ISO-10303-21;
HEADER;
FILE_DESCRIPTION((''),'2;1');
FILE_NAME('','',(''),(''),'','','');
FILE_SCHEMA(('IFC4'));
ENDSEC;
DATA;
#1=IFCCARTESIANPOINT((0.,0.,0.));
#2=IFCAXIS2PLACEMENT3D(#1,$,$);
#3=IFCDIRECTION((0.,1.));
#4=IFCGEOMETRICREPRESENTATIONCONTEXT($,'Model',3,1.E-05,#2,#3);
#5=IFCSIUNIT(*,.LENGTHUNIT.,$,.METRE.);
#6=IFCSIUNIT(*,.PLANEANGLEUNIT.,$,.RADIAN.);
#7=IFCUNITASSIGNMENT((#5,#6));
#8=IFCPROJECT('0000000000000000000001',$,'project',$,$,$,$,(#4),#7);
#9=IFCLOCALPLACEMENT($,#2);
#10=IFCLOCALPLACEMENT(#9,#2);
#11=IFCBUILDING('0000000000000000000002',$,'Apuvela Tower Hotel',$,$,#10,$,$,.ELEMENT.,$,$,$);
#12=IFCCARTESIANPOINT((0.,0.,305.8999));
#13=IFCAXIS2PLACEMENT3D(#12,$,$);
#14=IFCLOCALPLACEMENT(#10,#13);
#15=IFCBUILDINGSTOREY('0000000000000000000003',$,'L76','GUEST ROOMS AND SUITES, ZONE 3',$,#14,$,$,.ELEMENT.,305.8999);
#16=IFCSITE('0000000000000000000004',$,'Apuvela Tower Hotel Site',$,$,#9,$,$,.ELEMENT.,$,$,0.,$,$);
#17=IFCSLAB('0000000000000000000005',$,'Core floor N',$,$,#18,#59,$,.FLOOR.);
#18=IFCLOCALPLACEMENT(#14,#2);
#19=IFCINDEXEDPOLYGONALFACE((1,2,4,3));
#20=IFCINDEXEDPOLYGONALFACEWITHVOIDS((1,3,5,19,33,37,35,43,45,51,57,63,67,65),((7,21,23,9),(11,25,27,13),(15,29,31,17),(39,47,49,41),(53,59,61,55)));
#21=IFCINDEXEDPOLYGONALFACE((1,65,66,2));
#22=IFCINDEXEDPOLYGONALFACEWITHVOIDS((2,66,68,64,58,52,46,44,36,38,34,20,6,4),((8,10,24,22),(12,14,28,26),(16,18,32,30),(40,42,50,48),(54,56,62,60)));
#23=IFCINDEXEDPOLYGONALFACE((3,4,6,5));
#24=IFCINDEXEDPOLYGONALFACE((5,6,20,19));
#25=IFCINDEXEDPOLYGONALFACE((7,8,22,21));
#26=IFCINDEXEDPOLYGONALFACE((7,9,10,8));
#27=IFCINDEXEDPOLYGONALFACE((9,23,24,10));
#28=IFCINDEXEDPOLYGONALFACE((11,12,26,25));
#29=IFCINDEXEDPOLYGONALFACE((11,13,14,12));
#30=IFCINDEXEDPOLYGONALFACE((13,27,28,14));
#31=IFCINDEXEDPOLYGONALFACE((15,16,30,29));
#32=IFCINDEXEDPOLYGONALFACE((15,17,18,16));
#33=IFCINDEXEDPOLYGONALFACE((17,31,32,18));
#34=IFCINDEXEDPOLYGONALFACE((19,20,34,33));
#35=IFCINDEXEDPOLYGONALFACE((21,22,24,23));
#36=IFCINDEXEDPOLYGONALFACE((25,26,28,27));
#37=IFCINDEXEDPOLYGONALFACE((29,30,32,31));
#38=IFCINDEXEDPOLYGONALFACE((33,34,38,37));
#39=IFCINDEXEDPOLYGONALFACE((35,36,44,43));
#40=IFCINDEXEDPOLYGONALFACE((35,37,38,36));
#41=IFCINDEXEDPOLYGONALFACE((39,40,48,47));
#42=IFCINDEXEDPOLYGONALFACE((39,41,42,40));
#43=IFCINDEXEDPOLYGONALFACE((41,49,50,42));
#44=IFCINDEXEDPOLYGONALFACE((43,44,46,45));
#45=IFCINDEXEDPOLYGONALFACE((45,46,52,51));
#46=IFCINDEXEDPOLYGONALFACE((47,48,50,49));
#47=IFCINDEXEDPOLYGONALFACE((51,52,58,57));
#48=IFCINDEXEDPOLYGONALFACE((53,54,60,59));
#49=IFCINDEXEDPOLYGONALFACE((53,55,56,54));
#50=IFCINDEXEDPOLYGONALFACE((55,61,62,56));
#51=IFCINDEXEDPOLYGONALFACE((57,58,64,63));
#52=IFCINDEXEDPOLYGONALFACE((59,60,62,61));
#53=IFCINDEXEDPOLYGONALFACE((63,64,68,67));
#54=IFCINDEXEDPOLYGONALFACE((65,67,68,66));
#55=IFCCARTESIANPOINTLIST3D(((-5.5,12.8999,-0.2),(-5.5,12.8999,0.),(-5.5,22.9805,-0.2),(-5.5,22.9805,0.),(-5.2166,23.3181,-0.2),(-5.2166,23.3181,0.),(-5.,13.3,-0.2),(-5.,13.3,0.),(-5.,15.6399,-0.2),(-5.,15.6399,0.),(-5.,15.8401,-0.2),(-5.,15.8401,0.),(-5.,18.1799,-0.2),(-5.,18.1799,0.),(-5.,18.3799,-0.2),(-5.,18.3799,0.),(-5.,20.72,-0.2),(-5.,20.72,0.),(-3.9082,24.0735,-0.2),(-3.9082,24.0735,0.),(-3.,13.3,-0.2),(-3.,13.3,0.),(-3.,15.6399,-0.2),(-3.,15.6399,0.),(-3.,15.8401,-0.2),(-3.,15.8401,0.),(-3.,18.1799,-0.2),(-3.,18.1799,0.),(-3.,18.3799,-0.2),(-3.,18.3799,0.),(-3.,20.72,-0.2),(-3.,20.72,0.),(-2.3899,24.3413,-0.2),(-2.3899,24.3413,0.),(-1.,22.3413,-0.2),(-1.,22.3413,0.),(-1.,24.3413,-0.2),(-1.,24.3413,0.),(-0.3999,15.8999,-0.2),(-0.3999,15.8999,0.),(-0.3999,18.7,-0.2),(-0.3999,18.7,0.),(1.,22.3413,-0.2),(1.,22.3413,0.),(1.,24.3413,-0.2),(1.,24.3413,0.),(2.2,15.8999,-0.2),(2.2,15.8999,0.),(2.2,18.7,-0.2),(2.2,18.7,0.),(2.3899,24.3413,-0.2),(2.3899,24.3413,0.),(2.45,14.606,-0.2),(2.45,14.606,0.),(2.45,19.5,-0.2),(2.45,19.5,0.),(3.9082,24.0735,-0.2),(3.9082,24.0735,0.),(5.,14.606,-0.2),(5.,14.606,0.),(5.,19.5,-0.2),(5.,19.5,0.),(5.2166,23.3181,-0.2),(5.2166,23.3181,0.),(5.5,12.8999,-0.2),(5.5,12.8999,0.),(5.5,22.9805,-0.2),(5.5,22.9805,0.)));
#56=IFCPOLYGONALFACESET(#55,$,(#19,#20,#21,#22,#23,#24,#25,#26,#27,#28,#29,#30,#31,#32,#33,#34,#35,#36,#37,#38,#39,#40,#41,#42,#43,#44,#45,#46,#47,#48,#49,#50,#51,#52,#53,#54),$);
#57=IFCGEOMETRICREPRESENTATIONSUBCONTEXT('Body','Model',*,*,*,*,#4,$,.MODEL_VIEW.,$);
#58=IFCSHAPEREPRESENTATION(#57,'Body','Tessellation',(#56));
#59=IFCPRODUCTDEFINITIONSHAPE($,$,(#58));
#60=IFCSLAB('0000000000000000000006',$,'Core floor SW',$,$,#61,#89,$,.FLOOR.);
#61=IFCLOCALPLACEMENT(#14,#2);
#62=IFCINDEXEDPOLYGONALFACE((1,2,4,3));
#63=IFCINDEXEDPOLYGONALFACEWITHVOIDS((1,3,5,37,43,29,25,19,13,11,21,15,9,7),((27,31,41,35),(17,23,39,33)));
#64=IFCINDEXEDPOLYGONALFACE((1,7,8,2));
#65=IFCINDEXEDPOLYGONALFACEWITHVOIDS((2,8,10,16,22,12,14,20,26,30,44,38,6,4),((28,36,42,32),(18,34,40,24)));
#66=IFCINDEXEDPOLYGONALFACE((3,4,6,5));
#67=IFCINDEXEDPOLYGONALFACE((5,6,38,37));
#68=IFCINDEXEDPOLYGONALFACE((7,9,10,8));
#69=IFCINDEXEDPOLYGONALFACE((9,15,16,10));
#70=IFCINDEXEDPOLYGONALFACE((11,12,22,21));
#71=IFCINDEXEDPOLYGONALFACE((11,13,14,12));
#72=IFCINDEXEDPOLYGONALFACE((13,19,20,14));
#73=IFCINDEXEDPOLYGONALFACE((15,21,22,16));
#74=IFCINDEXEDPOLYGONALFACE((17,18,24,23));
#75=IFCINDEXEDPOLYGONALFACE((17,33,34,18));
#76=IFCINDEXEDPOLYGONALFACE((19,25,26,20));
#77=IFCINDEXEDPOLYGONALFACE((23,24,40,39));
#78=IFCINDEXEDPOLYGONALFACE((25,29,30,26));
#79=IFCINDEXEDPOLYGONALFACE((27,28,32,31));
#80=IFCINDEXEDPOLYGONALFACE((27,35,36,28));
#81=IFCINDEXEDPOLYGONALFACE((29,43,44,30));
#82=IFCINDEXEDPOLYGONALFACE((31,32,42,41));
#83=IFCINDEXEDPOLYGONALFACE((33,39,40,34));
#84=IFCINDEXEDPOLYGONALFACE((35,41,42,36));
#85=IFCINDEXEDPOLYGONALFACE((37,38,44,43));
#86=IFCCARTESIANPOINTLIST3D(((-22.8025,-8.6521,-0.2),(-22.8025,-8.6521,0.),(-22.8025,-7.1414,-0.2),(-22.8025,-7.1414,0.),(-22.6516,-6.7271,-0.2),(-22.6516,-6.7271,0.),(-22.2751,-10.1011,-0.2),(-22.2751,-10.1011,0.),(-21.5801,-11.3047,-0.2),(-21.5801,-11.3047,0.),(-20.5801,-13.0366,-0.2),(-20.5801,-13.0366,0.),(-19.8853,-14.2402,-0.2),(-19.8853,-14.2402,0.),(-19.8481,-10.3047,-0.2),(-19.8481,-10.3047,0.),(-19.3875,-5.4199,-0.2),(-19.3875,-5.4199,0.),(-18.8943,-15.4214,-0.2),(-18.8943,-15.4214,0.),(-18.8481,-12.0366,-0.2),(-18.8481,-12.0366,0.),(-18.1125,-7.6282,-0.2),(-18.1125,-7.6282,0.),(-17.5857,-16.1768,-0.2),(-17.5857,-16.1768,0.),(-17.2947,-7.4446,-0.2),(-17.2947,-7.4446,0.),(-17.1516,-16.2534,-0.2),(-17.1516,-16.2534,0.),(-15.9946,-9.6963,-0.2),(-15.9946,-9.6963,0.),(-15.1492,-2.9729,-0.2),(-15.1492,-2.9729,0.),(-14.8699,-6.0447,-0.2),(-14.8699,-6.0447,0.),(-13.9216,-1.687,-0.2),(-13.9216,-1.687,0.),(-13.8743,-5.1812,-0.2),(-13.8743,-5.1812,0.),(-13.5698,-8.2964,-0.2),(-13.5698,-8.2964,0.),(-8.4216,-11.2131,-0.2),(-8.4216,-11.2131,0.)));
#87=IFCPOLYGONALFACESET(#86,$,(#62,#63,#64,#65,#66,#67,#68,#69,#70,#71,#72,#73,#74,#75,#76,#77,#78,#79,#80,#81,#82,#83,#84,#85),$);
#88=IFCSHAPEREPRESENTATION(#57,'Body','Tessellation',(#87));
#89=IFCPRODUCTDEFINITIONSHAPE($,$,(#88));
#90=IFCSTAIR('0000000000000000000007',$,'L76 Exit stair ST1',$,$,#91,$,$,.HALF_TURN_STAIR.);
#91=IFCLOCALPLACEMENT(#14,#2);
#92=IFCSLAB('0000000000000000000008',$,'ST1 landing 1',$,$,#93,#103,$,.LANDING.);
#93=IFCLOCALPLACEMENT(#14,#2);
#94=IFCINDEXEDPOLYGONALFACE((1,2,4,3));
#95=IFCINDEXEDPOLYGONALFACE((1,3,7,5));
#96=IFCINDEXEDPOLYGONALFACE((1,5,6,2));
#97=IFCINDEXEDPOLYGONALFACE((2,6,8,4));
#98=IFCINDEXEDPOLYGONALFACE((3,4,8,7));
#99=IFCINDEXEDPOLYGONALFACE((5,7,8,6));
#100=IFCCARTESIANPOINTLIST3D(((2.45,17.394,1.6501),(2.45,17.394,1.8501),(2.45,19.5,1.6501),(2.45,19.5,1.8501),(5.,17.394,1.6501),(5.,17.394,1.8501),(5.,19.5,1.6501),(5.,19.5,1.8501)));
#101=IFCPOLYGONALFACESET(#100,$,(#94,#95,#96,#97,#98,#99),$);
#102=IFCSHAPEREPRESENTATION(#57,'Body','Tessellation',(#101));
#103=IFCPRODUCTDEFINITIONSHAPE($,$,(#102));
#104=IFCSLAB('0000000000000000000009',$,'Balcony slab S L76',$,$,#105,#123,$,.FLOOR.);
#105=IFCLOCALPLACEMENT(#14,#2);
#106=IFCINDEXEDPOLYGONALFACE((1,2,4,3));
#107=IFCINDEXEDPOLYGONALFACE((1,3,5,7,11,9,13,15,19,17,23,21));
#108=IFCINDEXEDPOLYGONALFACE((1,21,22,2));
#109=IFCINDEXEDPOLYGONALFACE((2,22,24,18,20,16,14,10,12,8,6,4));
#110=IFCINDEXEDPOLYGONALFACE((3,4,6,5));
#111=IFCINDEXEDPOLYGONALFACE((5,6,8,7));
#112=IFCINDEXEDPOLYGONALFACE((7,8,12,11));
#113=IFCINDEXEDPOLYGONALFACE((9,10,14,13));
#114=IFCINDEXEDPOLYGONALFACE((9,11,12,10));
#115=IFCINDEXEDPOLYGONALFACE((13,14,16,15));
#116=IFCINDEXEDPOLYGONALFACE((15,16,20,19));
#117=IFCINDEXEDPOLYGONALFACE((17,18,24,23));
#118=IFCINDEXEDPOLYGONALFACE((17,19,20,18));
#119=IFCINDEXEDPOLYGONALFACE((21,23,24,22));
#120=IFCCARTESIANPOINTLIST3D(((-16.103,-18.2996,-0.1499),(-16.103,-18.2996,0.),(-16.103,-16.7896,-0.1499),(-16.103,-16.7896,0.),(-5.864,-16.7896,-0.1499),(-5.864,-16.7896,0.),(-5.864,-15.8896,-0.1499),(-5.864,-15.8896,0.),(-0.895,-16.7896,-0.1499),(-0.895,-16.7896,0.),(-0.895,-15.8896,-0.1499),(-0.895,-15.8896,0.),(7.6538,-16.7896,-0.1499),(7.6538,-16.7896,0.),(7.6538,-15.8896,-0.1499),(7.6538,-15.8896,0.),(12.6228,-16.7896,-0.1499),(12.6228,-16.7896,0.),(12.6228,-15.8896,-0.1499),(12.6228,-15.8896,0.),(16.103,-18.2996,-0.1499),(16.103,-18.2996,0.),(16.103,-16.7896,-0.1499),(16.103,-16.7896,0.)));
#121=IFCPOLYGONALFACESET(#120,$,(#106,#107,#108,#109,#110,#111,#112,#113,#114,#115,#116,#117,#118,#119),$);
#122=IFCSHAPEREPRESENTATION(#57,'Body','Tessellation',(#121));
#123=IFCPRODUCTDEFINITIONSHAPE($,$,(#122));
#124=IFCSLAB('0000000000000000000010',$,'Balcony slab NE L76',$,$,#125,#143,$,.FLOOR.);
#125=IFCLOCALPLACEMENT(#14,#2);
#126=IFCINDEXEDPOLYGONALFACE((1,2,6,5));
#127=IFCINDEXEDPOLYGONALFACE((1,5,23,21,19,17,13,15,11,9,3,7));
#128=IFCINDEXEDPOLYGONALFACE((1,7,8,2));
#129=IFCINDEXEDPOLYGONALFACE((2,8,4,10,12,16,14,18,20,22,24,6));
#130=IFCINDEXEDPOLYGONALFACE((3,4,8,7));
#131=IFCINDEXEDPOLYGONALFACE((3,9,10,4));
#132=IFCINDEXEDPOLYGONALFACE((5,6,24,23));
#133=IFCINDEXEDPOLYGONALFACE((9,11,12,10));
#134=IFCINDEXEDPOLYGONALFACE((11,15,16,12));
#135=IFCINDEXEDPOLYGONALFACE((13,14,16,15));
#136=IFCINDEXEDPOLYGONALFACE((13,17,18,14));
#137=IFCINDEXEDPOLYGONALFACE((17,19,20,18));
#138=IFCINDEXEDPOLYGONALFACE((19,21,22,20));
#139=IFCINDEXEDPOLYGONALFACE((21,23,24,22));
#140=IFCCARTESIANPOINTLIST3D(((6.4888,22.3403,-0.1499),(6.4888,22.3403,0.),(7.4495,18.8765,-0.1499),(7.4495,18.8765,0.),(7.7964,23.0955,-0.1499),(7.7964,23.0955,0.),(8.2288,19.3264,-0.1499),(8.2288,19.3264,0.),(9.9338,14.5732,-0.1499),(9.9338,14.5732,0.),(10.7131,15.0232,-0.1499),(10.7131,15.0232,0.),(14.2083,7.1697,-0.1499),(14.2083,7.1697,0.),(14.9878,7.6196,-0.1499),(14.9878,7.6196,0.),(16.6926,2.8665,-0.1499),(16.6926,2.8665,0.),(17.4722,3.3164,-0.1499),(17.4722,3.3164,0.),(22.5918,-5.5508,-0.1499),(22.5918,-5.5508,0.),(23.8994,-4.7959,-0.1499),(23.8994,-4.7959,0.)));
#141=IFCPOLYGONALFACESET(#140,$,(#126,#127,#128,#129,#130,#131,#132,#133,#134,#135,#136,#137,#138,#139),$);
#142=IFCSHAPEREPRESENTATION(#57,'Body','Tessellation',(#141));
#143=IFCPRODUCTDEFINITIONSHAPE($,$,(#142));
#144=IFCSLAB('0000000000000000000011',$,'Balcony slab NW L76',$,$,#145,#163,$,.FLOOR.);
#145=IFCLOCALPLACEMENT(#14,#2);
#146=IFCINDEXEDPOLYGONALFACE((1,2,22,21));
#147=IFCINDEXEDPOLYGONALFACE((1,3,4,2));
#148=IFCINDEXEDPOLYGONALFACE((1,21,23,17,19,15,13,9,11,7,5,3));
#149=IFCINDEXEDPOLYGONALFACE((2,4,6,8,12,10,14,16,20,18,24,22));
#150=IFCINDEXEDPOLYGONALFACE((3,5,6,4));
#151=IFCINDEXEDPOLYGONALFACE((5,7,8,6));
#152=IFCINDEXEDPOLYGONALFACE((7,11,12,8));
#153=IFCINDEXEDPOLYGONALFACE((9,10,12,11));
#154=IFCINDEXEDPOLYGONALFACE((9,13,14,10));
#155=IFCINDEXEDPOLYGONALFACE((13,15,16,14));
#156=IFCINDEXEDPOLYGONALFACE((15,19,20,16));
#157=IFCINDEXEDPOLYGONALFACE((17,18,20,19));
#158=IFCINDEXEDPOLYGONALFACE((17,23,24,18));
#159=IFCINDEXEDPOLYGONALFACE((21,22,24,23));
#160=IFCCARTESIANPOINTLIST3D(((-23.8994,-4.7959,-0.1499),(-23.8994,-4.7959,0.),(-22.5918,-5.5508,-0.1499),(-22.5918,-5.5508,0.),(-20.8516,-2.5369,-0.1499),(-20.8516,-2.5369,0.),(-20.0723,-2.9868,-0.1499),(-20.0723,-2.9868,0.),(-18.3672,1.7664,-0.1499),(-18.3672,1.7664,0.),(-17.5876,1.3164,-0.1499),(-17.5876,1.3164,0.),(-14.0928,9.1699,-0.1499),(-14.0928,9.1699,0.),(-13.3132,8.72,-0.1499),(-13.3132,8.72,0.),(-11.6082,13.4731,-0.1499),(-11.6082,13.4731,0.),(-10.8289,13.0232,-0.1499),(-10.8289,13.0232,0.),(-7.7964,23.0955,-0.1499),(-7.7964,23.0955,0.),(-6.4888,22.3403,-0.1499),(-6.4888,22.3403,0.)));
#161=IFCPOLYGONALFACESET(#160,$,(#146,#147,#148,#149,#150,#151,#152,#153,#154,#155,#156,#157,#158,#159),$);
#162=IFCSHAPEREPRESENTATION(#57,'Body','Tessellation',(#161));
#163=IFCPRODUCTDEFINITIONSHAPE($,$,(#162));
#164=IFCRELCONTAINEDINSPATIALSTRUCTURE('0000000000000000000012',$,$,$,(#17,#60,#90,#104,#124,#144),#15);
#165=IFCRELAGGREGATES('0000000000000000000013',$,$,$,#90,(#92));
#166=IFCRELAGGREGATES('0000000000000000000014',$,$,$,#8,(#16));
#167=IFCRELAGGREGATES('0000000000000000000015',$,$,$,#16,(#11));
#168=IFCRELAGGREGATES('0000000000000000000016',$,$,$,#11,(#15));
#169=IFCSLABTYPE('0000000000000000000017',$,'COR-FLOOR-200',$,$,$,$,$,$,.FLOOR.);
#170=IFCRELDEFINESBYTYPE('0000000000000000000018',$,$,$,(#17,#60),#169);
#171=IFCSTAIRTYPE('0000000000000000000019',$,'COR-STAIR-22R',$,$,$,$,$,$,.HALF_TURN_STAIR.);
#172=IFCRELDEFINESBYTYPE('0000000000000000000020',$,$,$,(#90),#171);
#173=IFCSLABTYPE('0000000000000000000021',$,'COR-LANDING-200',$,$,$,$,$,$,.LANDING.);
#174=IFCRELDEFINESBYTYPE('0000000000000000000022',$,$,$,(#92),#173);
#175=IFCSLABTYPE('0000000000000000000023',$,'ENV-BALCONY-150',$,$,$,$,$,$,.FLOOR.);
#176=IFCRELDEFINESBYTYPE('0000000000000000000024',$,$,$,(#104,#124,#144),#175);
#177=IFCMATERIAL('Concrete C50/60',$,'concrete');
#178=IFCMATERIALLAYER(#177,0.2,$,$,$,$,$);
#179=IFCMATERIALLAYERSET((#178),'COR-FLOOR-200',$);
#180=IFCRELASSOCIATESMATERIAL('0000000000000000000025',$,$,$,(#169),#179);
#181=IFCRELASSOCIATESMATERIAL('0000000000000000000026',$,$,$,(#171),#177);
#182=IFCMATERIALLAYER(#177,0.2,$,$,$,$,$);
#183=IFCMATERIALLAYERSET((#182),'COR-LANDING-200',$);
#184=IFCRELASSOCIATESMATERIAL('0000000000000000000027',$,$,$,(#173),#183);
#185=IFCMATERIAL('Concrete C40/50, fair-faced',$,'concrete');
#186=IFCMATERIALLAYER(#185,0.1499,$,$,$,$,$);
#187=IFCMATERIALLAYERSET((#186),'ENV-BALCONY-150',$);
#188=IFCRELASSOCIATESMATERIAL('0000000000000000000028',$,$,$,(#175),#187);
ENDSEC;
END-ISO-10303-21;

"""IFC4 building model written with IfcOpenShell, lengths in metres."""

from ifc_helpers import new_model, si_unit, direction, frame, origin, place, context, subcontext, project, spatial, polyline, outline, extrude, material, layer, layer_set, type_object, element, aggregate, save


model = new_model("IFC4")

# Units and contexts
model_context = context("Model", 3, precision=1e-05, world=origin(), true_north=direction((0.0, 1.0)))
body_context = subcontext(model_context, "Body", "Model", "MODEL_VIEW")
ifc_project = project(units=[si_unit("LENGTHUNIT", "METRE"), si_unit("PLANEANGLEUNIT", "RADIAN")], contexts=[model_context])

# Site, building, storey
site_placement = place(None, origin())
site = spatial("IfcSite", under=ifc_project, at=site_placement, Name="Apuvela Tower Hotel Site", CompositionType="ELEMENT", RefElevation=0.0)
building_placement = place(site_placement, origin())
building = spatial("IfcBuilding", under=site, at=building_placement, Name="Apuvela Tower Hotel", CompositionType="ELEMENT")
storey_placement = place(building_placement, frame((0.0, 0.0, 305.8999)))
storey = spatial("IfcBuildingStorey", under=building, at=storey_placement, Name="L76", Description="GUEST ROOMS AND SUITES, ZONE 3", CompositionType="ELEMENT", Elevation=305.8999)

# Slabs
ifc_material_1 = material(Name="Concrete C50/60", Category="concrete")
ifc_layer_1 = layer(ifc_material_1, 0.2)
ifc_layer_set_1 = layer_set([ifc_layer_1], Name="COR-FLOOR-200")
slab_type_1 = type_object("IfcSlabType", Name="COR-FLOOR-200", PredefinedType="FLOOR", material=ifc_layer_set_1)
slab_1_placement = place(storey_placement, frame((0.0, 0.0, -0.2)))
element("IfcSlab", 1, at=slab_1_placement, inside=storey, type_object=slab_type_1, Name="Core floor N", PredefinedType="FLOOR", context=body_context, shape_type="SweptSolid", body=[
    extrude(outline(polyline([(5.5, 22.9805), (5.2166, 23.3181), (3.9082, 24.0735), (2.3899, 24.3413), (1.0, 24.3413), (1.0, 22.3413), (-1.0, 22.3413), (-1.0, 24.3413), (-2.3899, 24.3413), (-3.9082, 24.0735), (-5.2166, 23.3181), (-5.5, 22.9805), (-5.5, 12.8999), (5.5, 12.8999), (5.5, 22.9805)]), holes=[polyline([(-3.0, 13.3), (-5.0, 13.3), (-5.0, 15.6399), (-3.0, 15.6399), (-3.0, 13.3)]), polyline([(-3.0, 15.8401), (-5.0, 15.8401), (-5.0, 18.1799), (-3.0, 18.1799), (-3.0, 15.8401)]), polyline([(5.0, 14.606), (2.45, 14.606), (2.45, 19.5), (5.0, 19.5), (5.0, 14.606)]), polyline([(2.2, 18.7), (2.2, 15.8999), (-0.3999, 15.8999), (-0.3999, 18.7), (2.2, 18.7)]), polyline([(-3.0, 20.72), (-3.0, 18.3799), (-5.0, 18.3799), (-5.0, 20.72), (-3.0, 20.72)])]), origin(), (0.0, 0.0, 1.0), 0.2),
])
slab_2_placement = place(storey_placement, frame((0.0, 0.0, -0.2)))
element("IfcSlab", 2, at=slab_2_placement, inside=storey, type_object=slab_type_1, Name="Core floor SW", PredefinedType="FLOOR", context=body_context, shape_type="SweptSolid", body=[
    extrude(outline(polyline([(-22.6516, -6.7271), (-22.8025, -7.1414), (-22.8025, -8.6521), (-22.2751, -10.1011), (-21.5801, -11.3047), (-19.8481, -10.3047), (-18.8481, -12.0366), (-20.5801, -13.0366), (-19.8853, -14.2402), (-18.8943, -15.4214), (-17.5857, -16.1768), (-17.1516, -16.2534), (-8.4216, -11.2131), (-13.9216, -1.687), (-22.6516, -6.7271)]), holes=[polyline([(-13.8743, -5.1812), (-18.1125, -7.6282), (-19.3875, -5.4199), (-15.1492, -2.9729), (-13.8743, -5.1812)]), polyline([(-13.5698, -8.2964), (-15.9946, -9.6963), (-17.2947, -7.4446), (-14.8699, -6.0447), (-13.5698, -8.2964)])]), origin(), (0.0, 0.0, 1.0), 0.2),
])

# Stair, slab
stair_type = type_object("IfcStairType", Name="COR-STAIR-22R", PredefinedType="HALF_TURN_STAIR", material=ifc_material_1)
stair_placement = place(storey_placement, origin())
stair = element("IfcStair", 3, at=stair_placement, inside=storey, type_object=stair_type, Name="L76 Exit stair ST1", PredefinedType="HALF_TURN_STAIR")
ifc_layer_2 = layer(ifc_material_1, 0.2)
ifc_layer_set_2 = layer_set([ifc_layer_2], Name="COR-LANDING-200")
slab_type_2 = type_object("IfcSlabType", Name="COR-LANDING-200", PredefinedType="LANDING", material=ifc_layer_set_2)
slab_3_placement = place(storey_placement, frame((0.0, 0.0, 1.6501)))
slab_3 = element("IfcSlab", 4, at=slab_3_placement, type_object=slab_type_2, Name="ST1 landing 1", PredefinedType="LANDING", context=body_context, shape_type="SweptSolid", body=[
    extrude(outline(polyline([(5.0, 17.394), (5.0, 19.5), (2.45, 19.5), (2.45, 17.394), (5.0, 17.394)])), origin(), (0.0, 0.0, 1.0), 0.2),
])
aggregate(stair, [slab_3])

# Slabs
ifc_material_2 = material(Name="Concrete C40/50, fair-faced", Category="concrete")
ifc_layer_3 = layer(ifc_material_2, 0.1499)
ifc_layer_set_3 = layer_set([ifc_layer_3], Name="ENV-BALCONY-150")
slab_type_3 = type_object("IfcSlabType", Name="ENV-BALCONY-150", PredefinedType="FLOOR", material=ifc_layer_set_3)
slab_4_placement = place(storey_placement, frame((0.0, 0.0, -0.1499)))
element("IfcSlab", 5, at=slab_4_placement, inside=storey, type_object=slab_type_3, Name="Balcony slab S L76", PredefinedType="FLOOR", context=body_context, shape_type="SweptSolid", body=[
    extrude(outline(polyline([(16.103, -18.2996), (-16.103, -18.2996), (-16.103, -16.7896), (-5.864, -16.7896), (-5.864, -15.8896), (-0.895, -15.8896), (-0.895, -16.7896), (7.6538, -16.7896), (7.6538, -15.8896), (12.6228, -15.8896), (12.6228, -16.7896), (16.103, -16.7896), (16.103, -18.2996)])), origin(), (0.0, 0.0, 1.0), 0.1499),
])
slab_5_placement = place(storey_placement, frame((0.0, 0.0, -0.1499)))
element("IfcSlab", 6, at=slab_5_placement, inside=storey, type_object=slab_type_3, Name="Balcony slab NE L76", PredefinedType="FLOOR", context=body_context, shape_type="SweptSolid", body=[
    extrude(outline(polyline([(14.9878, 7.6196), (10.7131, 15.0232), (9.9338, 14.5732), (7.4495, 18.8765), (8.2288, 19.3264), (6.4888, 22.3403), (7.7964, 23.0955), (23.8994, -4.7959), (22.5918, -5.5508), (17.4722, 3.3164), (16.6926, 2.8665), (14.2083, 7.1697), (14.9878, 7.6196)])), origin(), (0.0, 0.0, 1.0), 0.1499),
])
slab_6_placement = place(storey_placement, frame((0.0, 0.0, -0.1499)))
element("IfcSlab", 7, at=slab_6_placement, inside=storey, type_object=slab_type_3, Name="Balcony slab NW L76", PredefinedType="FLOOR", context=body_context, shape_type="SweptSolid", body=[
    extrude(outline(polyline([(-23.8994, -4.7959), (-7.7964, 23.0955), (-6.4888, 22.3403), (-11.6082, 13.4731), (-10.8289, 13.0232), (-13.3132, 8.72), (-14.0928, 9.1699), (-18.3672, 1.7664), (-17.5876, 1.3164), (-20.0723, -2.9868), (-20.8516, -2.5369), (-22.5918, -5.5508), (-23.8994, -4.7959)])), origin(), (0.0, 0.0, 1.0), 0.1499),
])

save(model, "model.ifc")
